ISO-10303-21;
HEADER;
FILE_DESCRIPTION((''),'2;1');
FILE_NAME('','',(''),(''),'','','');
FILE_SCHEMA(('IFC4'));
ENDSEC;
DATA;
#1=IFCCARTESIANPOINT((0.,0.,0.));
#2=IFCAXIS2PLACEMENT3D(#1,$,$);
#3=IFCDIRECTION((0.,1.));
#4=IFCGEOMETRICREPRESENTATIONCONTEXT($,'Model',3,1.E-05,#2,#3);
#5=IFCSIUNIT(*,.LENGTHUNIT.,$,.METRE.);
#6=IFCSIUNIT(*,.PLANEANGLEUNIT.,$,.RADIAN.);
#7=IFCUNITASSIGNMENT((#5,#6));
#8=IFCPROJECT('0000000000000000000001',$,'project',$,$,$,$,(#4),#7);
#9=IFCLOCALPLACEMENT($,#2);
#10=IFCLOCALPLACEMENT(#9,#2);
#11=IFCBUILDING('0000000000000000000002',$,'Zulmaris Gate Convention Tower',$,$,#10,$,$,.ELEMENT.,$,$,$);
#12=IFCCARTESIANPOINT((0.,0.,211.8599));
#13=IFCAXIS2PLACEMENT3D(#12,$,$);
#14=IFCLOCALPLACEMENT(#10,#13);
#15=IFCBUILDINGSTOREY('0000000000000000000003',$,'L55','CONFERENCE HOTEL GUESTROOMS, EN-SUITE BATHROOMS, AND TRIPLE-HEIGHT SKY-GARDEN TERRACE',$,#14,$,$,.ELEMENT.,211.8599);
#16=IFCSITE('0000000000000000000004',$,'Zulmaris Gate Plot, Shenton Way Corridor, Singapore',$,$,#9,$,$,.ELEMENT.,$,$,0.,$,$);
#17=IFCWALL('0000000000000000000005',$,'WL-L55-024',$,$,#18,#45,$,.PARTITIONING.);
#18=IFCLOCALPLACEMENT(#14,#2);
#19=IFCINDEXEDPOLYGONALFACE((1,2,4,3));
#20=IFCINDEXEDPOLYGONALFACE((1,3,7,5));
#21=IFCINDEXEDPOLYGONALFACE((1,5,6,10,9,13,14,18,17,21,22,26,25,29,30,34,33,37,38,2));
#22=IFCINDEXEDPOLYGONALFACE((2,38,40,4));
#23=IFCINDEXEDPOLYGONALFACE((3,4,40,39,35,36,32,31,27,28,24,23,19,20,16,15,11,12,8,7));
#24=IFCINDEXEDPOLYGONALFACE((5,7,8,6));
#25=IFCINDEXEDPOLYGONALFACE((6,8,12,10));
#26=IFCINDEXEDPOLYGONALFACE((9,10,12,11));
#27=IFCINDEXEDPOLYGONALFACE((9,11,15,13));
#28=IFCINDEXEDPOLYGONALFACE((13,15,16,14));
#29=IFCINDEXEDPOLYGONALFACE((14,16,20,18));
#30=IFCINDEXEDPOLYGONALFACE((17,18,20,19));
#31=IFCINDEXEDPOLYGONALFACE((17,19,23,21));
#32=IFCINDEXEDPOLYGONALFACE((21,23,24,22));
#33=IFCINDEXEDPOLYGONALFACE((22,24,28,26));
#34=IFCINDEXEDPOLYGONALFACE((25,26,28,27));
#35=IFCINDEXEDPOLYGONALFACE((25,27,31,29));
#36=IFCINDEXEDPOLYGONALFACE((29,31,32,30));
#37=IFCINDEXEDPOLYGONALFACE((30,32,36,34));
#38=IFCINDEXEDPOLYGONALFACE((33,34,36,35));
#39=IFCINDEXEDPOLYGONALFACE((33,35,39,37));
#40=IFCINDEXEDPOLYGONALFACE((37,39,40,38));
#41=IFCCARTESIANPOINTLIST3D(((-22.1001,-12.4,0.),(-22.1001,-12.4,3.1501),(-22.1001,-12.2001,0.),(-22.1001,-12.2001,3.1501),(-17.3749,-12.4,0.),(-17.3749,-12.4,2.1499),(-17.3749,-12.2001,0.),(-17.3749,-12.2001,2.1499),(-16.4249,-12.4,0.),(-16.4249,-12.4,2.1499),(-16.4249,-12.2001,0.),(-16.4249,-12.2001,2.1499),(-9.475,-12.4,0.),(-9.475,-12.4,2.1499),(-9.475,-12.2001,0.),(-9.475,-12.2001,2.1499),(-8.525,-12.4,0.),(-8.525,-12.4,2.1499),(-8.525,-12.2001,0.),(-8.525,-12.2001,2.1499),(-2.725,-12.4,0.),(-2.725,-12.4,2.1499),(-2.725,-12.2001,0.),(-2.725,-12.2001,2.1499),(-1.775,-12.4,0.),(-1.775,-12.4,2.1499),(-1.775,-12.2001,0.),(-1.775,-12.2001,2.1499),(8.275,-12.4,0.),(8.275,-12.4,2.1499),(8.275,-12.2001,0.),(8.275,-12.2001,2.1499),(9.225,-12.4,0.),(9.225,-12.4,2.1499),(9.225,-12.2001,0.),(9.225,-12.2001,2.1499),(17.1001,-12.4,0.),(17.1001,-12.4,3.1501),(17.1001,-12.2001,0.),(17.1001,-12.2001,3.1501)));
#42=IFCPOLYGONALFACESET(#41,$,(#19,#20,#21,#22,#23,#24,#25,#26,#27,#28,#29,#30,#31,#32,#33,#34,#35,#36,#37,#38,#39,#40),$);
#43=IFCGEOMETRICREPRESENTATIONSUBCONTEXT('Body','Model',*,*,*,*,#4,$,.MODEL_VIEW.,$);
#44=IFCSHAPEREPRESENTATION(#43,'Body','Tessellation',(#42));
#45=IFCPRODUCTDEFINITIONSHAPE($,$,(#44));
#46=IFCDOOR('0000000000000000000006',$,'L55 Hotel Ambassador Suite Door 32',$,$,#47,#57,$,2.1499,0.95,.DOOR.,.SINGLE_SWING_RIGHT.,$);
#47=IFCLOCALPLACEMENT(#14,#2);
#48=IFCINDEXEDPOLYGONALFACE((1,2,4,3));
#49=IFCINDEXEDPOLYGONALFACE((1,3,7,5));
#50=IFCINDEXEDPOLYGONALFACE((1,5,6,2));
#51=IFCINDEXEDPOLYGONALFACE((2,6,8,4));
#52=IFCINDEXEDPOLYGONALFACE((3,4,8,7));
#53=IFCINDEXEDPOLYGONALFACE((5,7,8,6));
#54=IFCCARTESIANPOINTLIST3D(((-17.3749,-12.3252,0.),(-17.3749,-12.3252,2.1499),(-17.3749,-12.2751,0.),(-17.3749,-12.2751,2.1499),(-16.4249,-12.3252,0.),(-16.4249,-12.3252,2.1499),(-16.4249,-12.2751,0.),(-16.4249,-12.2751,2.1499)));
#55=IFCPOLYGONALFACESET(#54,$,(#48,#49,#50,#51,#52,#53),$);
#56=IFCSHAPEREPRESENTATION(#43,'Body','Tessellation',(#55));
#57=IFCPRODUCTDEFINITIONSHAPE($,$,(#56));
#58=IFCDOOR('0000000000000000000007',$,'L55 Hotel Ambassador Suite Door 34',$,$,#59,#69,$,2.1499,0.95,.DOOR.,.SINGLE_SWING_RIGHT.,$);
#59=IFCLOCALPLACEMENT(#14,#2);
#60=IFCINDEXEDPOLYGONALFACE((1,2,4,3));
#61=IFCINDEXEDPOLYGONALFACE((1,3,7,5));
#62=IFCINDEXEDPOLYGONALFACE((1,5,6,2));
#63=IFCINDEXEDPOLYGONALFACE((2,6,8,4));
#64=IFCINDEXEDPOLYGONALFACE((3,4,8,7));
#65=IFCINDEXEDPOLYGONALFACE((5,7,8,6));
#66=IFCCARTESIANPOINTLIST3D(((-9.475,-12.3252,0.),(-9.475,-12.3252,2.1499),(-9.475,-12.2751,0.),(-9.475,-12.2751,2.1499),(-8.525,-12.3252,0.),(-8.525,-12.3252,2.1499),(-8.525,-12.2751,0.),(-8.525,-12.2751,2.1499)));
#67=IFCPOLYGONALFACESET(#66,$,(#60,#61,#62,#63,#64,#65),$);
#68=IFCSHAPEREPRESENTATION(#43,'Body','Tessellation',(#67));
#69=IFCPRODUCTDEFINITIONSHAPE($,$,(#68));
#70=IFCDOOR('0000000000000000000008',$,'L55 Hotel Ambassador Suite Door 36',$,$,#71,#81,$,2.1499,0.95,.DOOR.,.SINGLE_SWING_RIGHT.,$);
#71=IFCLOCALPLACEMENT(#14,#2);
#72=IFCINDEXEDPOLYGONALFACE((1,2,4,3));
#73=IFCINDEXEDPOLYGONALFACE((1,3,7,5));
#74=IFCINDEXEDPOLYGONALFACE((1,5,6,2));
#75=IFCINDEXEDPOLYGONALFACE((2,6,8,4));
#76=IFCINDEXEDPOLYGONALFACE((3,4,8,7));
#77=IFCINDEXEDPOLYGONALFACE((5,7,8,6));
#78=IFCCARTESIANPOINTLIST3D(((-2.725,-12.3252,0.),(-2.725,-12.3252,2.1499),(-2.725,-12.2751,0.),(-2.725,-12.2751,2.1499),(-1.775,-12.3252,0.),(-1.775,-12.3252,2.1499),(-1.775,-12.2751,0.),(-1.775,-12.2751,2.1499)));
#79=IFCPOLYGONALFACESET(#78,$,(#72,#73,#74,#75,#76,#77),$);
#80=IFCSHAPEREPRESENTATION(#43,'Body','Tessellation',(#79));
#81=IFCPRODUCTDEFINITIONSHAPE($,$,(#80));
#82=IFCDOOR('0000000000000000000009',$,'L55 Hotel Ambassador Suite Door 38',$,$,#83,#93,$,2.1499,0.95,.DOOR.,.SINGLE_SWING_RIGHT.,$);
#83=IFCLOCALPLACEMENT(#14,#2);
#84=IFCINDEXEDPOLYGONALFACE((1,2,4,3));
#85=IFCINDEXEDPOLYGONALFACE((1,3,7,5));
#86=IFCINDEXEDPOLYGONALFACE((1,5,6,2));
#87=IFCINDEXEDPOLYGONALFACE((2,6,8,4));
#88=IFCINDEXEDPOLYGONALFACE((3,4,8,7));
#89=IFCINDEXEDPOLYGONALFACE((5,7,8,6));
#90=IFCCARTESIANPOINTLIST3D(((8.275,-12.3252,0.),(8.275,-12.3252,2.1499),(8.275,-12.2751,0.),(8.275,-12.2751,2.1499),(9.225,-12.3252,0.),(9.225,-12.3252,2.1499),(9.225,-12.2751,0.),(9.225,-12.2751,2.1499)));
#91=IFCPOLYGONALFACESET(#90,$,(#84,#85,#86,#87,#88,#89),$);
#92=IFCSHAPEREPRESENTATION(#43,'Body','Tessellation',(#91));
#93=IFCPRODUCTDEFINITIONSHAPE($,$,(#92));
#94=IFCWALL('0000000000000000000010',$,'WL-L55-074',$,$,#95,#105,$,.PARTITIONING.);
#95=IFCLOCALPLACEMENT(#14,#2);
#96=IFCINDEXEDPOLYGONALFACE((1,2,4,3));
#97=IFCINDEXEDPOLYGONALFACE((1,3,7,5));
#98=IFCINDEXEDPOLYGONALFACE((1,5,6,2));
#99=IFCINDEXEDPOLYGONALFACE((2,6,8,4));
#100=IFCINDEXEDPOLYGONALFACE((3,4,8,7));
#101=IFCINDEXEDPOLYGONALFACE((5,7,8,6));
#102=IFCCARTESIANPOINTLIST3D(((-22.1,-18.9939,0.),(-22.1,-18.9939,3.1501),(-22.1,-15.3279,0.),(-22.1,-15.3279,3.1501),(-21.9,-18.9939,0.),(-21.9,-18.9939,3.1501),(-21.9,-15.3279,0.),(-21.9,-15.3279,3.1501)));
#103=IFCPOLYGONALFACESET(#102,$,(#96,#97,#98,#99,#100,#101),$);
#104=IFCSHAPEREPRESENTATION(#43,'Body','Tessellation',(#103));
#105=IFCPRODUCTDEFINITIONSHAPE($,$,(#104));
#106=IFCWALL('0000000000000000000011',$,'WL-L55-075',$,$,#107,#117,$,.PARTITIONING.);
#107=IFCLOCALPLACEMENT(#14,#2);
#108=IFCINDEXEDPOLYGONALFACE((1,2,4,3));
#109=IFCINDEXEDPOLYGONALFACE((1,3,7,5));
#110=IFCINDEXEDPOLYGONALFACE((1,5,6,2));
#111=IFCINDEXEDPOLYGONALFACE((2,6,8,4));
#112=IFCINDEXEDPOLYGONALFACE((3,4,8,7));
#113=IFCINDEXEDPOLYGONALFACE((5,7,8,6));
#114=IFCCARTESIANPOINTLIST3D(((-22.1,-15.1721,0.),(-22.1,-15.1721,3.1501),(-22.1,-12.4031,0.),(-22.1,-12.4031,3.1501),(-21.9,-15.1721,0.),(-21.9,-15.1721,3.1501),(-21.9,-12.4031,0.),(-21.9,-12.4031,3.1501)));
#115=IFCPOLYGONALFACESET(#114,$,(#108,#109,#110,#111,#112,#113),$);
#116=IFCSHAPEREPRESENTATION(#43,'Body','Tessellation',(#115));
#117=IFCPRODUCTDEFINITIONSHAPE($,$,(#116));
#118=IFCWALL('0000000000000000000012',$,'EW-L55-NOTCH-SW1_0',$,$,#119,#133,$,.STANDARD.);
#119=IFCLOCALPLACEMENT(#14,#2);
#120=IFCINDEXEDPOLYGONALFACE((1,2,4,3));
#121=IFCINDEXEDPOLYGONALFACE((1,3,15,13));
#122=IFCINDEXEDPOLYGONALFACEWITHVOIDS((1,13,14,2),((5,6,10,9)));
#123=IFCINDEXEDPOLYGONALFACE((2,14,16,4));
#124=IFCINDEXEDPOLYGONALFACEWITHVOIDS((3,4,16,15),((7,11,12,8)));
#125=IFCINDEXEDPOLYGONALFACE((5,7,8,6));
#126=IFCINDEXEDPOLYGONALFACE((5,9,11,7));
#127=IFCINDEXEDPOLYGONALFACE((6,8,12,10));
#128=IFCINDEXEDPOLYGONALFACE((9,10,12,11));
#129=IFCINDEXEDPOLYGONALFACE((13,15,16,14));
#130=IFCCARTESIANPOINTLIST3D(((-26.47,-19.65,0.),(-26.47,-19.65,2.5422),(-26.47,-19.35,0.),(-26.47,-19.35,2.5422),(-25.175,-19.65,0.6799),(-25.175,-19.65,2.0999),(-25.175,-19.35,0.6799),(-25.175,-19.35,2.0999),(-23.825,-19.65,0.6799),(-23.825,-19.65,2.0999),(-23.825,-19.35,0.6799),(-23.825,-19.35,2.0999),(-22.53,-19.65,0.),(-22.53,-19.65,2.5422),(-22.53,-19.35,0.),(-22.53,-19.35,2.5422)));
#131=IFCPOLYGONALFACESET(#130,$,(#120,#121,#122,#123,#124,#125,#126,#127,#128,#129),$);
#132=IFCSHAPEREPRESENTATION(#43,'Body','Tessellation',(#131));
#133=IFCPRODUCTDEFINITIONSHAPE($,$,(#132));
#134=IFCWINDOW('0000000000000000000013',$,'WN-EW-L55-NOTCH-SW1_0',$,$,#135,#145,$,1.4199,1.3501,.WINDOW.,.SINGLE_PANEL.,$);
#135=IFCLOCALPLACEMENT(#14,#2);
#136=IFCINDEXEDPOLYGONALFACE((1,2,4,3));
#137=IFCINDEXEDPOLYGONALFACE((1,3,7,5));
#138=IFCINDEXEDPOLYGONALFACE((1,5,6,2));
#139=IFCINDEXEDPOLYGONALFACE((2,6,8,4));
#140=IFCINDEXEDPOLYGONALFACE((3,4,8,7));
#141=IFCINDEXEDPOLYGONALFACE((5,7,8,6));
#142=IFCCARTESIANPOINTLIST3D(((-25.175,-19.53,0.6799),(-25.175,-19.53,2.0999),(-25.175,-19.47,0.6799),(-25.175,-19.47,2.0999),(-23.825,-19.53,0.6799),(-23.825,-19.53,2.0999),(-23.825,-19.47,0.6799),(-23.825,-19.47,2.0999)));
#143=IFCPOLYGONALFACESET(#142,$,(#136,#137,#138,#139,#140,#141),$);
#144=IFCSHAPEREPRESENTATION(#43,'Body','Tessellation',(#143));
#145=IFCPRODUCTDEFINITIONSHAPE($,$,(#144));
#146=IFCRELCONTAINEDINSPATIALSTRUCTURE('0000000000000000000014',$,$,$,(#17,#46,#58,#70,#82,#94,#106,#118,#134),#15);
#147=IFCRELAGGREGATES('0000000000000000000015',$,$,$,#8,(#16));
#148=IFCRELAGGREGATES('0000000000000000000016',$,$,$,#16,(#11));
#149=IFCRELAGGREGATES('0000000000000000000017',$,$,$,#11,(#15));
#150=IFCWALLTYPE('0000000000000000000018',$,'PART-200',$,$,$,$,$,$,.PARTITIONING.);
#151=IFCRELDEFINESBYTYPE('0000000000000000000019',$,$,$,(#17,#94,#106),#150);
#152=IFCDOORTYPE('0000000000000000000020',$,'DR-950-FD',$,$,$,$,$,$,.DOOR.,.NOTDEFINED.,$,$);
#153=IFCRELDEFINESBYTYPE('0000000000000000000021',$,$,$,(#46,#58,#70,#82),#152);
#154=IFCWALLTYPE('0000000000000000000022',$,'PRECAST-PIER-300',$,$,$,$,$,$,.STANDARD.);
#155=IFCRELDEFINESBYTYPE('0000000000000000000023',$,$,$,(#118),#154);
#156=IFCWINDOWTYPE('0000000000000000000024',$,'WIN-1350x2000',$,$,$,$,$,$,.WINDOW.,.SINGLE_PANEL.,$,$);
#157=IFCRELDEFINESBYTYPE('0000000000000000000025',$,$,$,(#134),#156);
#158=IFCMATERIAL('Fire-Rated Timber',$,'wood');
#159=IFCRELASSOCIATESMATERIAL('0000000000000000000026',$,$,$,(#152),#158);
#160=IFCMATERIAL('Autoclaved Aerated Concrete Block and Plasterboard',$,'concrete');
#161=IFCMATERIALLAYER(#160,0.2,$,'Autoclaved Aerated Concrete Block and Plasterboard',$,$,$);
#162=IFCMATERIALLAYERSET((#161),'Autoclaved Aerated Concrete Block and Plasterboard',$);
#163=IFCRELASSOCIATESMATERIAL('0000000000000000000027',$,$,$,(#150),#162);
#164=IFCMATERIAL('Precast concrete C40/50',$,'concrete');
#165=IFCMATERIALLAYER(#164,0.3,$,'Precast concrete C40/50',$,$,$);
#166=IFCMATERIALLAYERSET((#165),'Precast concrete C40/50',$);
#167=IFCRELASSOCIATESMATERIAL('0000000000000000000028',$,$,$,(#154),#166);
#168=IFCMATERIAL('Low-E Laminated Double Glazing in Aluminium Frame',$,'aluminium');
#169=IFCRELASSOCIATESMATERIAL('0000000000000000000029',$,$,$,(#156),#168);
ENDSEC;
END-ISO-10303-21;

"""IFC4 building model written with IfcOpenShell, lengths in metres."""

from ifc_helpers import new_model, si_unit, direction, frame, frame_2d, origin, place, context, subcontext, project, spatial, rectangle, extrude, material, layer, layer_set, type_object, element, fill, save


model = new_model("IFC4")

# Units and contexts
model_context = context("Model", 3, precision=1e-05, world=origin(), true_north=direction((0.0, 1.0)))
body_context = subcontext(model_context, "Body", "Model", "MODEL_VIEW")
ifc_project = project(units=[si_unit("LENGTHUNIT", "METRE"), si_unit("PLANEANGLEUNIT", "RADIAN")], contexts=[model_context])

# Site, building, storey
site_placement = place(None, origin())
site = spatial("IfcSite", under=ifc_project, at=site_placement, Name="Zulmaris Gate Plot, Shenton Way Corridor, Singapore", CompositionType="ELEMENT", RefElevation=0.0)
building_placement = place(site_placement, origin())
building = spatial("IfcBuilding", under=site, at=building_placement, Name="Zulmaris Gate Convention Tower", CompositionType="ELEMENT")
storey_placement = place(building_placement, frame((0.0, 0.0, 211.8599)))
storey = spatial("IfcBuildingStorey", under=building, at=storey_placement, Name="L55", Description="CONFERENCE HOTEL GUESTROOMS, EN-SUITE BATHROOMS, AND TRIPLE-HEIGHT SKY-GARDEN TERRACE", CompositionType="ELEMENT", Elevation=211.8599)

# Shared definitions
ifc_material_1 = material(Name="Fire-Rated Timber", Category="wood")
door_type_1 = type_object("IfcDoorType", Name="DR-950-FD", OperationType="NOTDEFINED", PredefinedType="DOOR", material=ifc_material_1)

# Wall, openings, doors
ifc_material_2 = material(Name="Autoclaved Aerated Concrete Block and Plasterboard", Category="concrete")
ifc_layer_1 = layer(ifc_material_2, 0.2, Name="Autoclaved Aerated Concrete Block and Plasterboard")
ifc_layer_set_1 = layer_set([ifc_layer_1], Name="Autoclaved Aerated Concrete Block and Plasterboard")
wall_type_1 = type_object("IfcWallType", Name="PART-200", PredefinedType="PARTITIONING", material=ifc_layer_set_1)
wall_1_placement = place(storey_placement, frame((-22.1001, -12.3, 0.0), z_axis=(0.0, 0.0, 1.0), x_axis=(1.0, 0.0, 0.0)))
wall_1 = element("IfcWall", 1, at=wall_1_placement, inside=storey, type_object=wall_type_1, Name="WL-L55-024", PredefinedType="PARTITIONING", context=body_context, shape_type="SweptSolid", body=[
    extrude(rectangle(XDim=39.2002, YDim=0.2, at=frame_2d((19.6001, 0.0))), origin(), (0.0, 0.0, 1.0), 3.1501),
])
opening_1_placement = place(wall_1_placement, frame((4.7251, 0.0, 0.0)))
opening_1 = element("IfcOpeningElement", 2, at=opening_1_placement, cuts=wall_1, PredefinedType="OPENING", context=body_context, shape_type="SweptSolid", body=[
    extrude(rectangle(XDim=0.95, YDim=2.1499, at=frame_2d((0.4751, 1.075))), frame((0.0, 0.1099, 0.0), z_axis=(0.0, -1.0, 0.0), x_axis=(1.0, 0.0, 0.0)), (0.0, 0.0, 1.0), 0.22),
])
opening_2_placement = place(wall_1_placement, frame((12.625, 0.0, 0.0)))
opening_2 = element("IfcOpeningElement", 3, at=opening_2_placement, cuts=wall_1, PredefinedType="OPENING", context=body_context, shape_type="SweptSolid", body=[
    extrude(rectangle(XDim=0.95, YDim=2.1499, at=frame_2d((0.4751, 1.075))), frame((0.0, 0.1099, 0.0), z_axis=(0.0, -1.0, 0.0), x_axis=(1.0, 0.0, 0.0)), (0.0, 0.0, 1.0), 0.22),
])
opening_3_placement = place(wall_1_placement, frame((19.375, 0.0, 0.0)))
opening_3 = element("IfcOpeningElement", 4, at=opening_3_placement, cuts=wall_1, PredefinedType="OPENING", context=body_context, shape_type="SweptSolid", body=[
    extrude(rectangle(XDim=0.95, YDim=2.1499, at=frame_2d((0.4751, 1.075))), frame((0.0, 0.1099, 0.0), z_axis=(0.0, -1.0, 0.0), x_axis=(1.0, 0.0, 0.0)), (0.0, 0.0, 1.0), 0.22),
])
opening_4_placement = place(wall_1_placement, frame((30.375, 0.0, 0.0)))
opening_4 = element("IfcOpeningElement", 5, at=opening_4_placement, cuts=wall_1, PredefinedType="OPENING", context=body_context, shape_type="SweptSolid", body=[
    extrude(rectangle(XDim=0.95, YDim=2.1499, at=frame_2d((0.4751, 1.075))), frame((0.0, 0.1099, 0.0), z_axis=(0.0, -1.0, 0.0), x_axis=(1.0, 0.0, 0.0)), (0.0, 0.0, 1.0), 0.22),
])
door_1_placement = place(opening_1_placement, origin())
door_1 = element("IfcDoor", 6, at=door_1_placement, inside=storey, type_object=door_type_1, Name="L55 Hotel Ambassador Suite Door 32", OperationType="SINGLE_SWING_RIGHT", OverallHeight=2.1499, OverallWidth=0.95, PredefinedType="DOOR", context=body_context, shape_type="SweptSolid", body=[
    extrude(rectangle(XDim=0.95, YDim=2.1499, at=frame_2d((0.4751, 1.075))), frame((0.0, 0.0249, 0.0), z_axis=(0.0, -1.0, 0.0), x_axis=(1.0, 0.0, 0.0)), (0.0, 0.0, 1.0), 0.05),
])
fill(opening_1, door_1)
door_2_placement = place(opening_2_placement, origin())
door_2 = element("IfcDoor", 7, at=door_2_placement, inside=storey, type_object=door_type_1, Name="L55 Hotel Ambassador Suite Door 34", OperationType="SINGLE_SWING_RIGHT", OverallHeight=2.1499, OverallWidth=0.95, PredefinedType="DOOR", context=body_context, shape_type="SweptSolid", body=[
    extrude(rectangle(XDim=0.95, YDim=2.1499, at=frame_2d((0.4751, 1.075))), frame((0.0, 0.0249, 0.0), z_axis=(0.0, -1.0, 0.0), x_axis=(1.0, 0.0, 0.0)), (0.0, 0.0, 1.0), 0.05),
])
fill(opening_2, door_2)
door_3_placement = place(opening_3_placement, origin())
door_3 = element("IfcDoor", 8, at=door_3_placement, inside=storey, type_object=door_type_1, Name="L55 Hotel Ambassador Suite Door 36", OperationType="SINGLE_SWING_RIGHT", OverallHeight=2.1499, OverallWidth=0.95, PredefinedType="DOOR", context=body_context, shape_type="SweptSolid", body=[
    extrude(rectangle(XDim=0.95, YDim=2.1499, at=frame_2d((0.4751, 1.075))), frame((0.0, 0.0249, 0.0), z_axis=(0.0, -1.0, 0.0), x_axis=(1.0, 0.0, 0.0)), (0.0, 0.0, 1.0), 0.05),
])
fill(opening_3, door_3)
door_4_placement = place(opening_4_placement, origin())
door_4 = element("IfcDoor", 9, at=door_4_placement, inside=storey, type_object=door_type_1, Name="L55 Hotel Ambassador Suite Door 38", OperationType="SINGLE_SWING_RIGHT", OverallHeight=2.1499, OverallWidth=0.95, PredefinedType="DOOR", context=body_context, shape_type="SweptSolid", body=[
    extrude(rectangle(XDim=0.95, YDim=2.1499, at=frame_2d((0.4751, 1.075))), frame((0.0, 0.0249, 0.0), z_axis=(0.0, -1.0, 0.0), x_axis=(1.0, 0.0, 0.0)), (0.0, 0.0, 1.0), 0.05),
])
fill(opening_4, door_4)

# Walls
wall_2_placement = place(storey_placement, frame((-22.0, -18.9939, 0.0), z_axis=(0.0, 0.0, 1.0), x_axis=(0.0, 1.0, 0.0)))
element("IfcWall", 10, at=wall_2_placement, inside=storey, type_object=wall_type_1, Name="WL-L55-074", PredefinedType="PARTITIONING", context=body_context, shape_type="SweptSolid", body=[
    extrude(rectangle(XDim=3.666, YDim=0.2, at=frame_2d((1.833, 0.0))), origin(), (0.0, 0.0, 1.0), 3.1501),
])
wall_3_placement = place(storey_placement, frame((-22.0, -15.1721, 0.0), z_axis=(0.0, 0.0, 1.0), x_axis=(0.0, 1.0, 0.0)))
element("IfcWall", 11, at=wall_3_placement, inside=storey, type_object=wall_type_1, Name="WL-L55-075", PredefinedType="PARTITIONING", context=body_context, shape_type="SweptSolid", body=[
    extrude(rectangle(XDim=2.769, YDim=0.2, at=frame_2d((1.3845, 0.0))), origin(), (0.0, 0.0, 1.0), 3.1501),
])

# Wall, opening, window
ifc_material_3 = material(Name="Precast concrete C40/50", Category="concrete")
ifc_layer_2 = layer(ifc_material_3, 0.3, Name="Precast concrete C40/50")
ifc_layer_set_2 = layer_set([ifc_layer_2], Name="Precast concrete C40/50")
wall_type_2 = type_object("IfcWallType", Name="PRECAST-PIER-300", PredefinedType="STANDARD", material=ifc_layer_set_2)
wall_4_placement = place(storey_placement, frame((-26.47, -19.5, 0.0), z_axis=(0.0, 0.0, 1.0), x_axis=(1.0, 0.0, 0.0)))
wall_4 = element("IfcWall", 12, at=wall_4_placement, inside=storey, type_object=wall_type_2, Name="EW-L55-NOTCH-SW1_0", PredefinedType="STANDARD", context=body_context, shape_type="SweptSolid", body=[
    extrude(rectangle(XDim=3.9399, YDim=0.3, at=frame_2d((1.97, 0.0))), origin(), (0.0, 0.0, 1.0), 2.5422),
])
opening_5_placement = place(wall_4_placement, frame((1.2949, 0.0, 0.6799)))
opening_5 = element("IfcOpeningElement", 13, at=opening_5_placement, cuts=wall_4, PredefinedType="OPENING", context=body_context, shape_type="SweptSolid", body=[
    extrude(rectangle(XDim=1.3501, YDim=1.4199, at=frame_2d((0.675, 0.71))), frame((0.0, 0.1602, 0.0), z_axis=(0.0, -1.0, 0.0), x_axis=(1.0, 0.0, 0.0)), (0.0, 0.0, 1.0), 0.3201),
])
ifc_material_4 = material(Name="Low-E Laminated Double Glazing in Aluminium Frame", Category="aluminium")
window_type = type_object("IfcWindowType", Name="WIN-1350x2000", PartitioningType="SINGLE_PANEL", PredefinedType="WINDOW", material=ifc_material_4)
window_placement = place(opening_5_placement, origin())
window = element("IfcWindow", 14, at=window_placement, inside=storey, type_object=window_type, Name="WN-EW-L55-NOTCH-SW1_0", OverallHeight=1.4199, OverallWidth=1.3501, PartitioningType="SINGLE_PANEL", PredefinedType="WINDOW", context=body_context, shape_type="SweptSolid", body=[
    extrude(rectangle(XDim=1.3501, YDim=1.4199, at=frame_2d((0.675, 0.71))), frame((0.0, 0.03, 0.0), z_axis=(0.0, -1.0, 0.0), x_axis=(1.0, 0.0, 0.0)), (0.0, 0.0, 1.0), 0.0601),
])
fill(opening_5, window)

save(model, "model.ifc")
